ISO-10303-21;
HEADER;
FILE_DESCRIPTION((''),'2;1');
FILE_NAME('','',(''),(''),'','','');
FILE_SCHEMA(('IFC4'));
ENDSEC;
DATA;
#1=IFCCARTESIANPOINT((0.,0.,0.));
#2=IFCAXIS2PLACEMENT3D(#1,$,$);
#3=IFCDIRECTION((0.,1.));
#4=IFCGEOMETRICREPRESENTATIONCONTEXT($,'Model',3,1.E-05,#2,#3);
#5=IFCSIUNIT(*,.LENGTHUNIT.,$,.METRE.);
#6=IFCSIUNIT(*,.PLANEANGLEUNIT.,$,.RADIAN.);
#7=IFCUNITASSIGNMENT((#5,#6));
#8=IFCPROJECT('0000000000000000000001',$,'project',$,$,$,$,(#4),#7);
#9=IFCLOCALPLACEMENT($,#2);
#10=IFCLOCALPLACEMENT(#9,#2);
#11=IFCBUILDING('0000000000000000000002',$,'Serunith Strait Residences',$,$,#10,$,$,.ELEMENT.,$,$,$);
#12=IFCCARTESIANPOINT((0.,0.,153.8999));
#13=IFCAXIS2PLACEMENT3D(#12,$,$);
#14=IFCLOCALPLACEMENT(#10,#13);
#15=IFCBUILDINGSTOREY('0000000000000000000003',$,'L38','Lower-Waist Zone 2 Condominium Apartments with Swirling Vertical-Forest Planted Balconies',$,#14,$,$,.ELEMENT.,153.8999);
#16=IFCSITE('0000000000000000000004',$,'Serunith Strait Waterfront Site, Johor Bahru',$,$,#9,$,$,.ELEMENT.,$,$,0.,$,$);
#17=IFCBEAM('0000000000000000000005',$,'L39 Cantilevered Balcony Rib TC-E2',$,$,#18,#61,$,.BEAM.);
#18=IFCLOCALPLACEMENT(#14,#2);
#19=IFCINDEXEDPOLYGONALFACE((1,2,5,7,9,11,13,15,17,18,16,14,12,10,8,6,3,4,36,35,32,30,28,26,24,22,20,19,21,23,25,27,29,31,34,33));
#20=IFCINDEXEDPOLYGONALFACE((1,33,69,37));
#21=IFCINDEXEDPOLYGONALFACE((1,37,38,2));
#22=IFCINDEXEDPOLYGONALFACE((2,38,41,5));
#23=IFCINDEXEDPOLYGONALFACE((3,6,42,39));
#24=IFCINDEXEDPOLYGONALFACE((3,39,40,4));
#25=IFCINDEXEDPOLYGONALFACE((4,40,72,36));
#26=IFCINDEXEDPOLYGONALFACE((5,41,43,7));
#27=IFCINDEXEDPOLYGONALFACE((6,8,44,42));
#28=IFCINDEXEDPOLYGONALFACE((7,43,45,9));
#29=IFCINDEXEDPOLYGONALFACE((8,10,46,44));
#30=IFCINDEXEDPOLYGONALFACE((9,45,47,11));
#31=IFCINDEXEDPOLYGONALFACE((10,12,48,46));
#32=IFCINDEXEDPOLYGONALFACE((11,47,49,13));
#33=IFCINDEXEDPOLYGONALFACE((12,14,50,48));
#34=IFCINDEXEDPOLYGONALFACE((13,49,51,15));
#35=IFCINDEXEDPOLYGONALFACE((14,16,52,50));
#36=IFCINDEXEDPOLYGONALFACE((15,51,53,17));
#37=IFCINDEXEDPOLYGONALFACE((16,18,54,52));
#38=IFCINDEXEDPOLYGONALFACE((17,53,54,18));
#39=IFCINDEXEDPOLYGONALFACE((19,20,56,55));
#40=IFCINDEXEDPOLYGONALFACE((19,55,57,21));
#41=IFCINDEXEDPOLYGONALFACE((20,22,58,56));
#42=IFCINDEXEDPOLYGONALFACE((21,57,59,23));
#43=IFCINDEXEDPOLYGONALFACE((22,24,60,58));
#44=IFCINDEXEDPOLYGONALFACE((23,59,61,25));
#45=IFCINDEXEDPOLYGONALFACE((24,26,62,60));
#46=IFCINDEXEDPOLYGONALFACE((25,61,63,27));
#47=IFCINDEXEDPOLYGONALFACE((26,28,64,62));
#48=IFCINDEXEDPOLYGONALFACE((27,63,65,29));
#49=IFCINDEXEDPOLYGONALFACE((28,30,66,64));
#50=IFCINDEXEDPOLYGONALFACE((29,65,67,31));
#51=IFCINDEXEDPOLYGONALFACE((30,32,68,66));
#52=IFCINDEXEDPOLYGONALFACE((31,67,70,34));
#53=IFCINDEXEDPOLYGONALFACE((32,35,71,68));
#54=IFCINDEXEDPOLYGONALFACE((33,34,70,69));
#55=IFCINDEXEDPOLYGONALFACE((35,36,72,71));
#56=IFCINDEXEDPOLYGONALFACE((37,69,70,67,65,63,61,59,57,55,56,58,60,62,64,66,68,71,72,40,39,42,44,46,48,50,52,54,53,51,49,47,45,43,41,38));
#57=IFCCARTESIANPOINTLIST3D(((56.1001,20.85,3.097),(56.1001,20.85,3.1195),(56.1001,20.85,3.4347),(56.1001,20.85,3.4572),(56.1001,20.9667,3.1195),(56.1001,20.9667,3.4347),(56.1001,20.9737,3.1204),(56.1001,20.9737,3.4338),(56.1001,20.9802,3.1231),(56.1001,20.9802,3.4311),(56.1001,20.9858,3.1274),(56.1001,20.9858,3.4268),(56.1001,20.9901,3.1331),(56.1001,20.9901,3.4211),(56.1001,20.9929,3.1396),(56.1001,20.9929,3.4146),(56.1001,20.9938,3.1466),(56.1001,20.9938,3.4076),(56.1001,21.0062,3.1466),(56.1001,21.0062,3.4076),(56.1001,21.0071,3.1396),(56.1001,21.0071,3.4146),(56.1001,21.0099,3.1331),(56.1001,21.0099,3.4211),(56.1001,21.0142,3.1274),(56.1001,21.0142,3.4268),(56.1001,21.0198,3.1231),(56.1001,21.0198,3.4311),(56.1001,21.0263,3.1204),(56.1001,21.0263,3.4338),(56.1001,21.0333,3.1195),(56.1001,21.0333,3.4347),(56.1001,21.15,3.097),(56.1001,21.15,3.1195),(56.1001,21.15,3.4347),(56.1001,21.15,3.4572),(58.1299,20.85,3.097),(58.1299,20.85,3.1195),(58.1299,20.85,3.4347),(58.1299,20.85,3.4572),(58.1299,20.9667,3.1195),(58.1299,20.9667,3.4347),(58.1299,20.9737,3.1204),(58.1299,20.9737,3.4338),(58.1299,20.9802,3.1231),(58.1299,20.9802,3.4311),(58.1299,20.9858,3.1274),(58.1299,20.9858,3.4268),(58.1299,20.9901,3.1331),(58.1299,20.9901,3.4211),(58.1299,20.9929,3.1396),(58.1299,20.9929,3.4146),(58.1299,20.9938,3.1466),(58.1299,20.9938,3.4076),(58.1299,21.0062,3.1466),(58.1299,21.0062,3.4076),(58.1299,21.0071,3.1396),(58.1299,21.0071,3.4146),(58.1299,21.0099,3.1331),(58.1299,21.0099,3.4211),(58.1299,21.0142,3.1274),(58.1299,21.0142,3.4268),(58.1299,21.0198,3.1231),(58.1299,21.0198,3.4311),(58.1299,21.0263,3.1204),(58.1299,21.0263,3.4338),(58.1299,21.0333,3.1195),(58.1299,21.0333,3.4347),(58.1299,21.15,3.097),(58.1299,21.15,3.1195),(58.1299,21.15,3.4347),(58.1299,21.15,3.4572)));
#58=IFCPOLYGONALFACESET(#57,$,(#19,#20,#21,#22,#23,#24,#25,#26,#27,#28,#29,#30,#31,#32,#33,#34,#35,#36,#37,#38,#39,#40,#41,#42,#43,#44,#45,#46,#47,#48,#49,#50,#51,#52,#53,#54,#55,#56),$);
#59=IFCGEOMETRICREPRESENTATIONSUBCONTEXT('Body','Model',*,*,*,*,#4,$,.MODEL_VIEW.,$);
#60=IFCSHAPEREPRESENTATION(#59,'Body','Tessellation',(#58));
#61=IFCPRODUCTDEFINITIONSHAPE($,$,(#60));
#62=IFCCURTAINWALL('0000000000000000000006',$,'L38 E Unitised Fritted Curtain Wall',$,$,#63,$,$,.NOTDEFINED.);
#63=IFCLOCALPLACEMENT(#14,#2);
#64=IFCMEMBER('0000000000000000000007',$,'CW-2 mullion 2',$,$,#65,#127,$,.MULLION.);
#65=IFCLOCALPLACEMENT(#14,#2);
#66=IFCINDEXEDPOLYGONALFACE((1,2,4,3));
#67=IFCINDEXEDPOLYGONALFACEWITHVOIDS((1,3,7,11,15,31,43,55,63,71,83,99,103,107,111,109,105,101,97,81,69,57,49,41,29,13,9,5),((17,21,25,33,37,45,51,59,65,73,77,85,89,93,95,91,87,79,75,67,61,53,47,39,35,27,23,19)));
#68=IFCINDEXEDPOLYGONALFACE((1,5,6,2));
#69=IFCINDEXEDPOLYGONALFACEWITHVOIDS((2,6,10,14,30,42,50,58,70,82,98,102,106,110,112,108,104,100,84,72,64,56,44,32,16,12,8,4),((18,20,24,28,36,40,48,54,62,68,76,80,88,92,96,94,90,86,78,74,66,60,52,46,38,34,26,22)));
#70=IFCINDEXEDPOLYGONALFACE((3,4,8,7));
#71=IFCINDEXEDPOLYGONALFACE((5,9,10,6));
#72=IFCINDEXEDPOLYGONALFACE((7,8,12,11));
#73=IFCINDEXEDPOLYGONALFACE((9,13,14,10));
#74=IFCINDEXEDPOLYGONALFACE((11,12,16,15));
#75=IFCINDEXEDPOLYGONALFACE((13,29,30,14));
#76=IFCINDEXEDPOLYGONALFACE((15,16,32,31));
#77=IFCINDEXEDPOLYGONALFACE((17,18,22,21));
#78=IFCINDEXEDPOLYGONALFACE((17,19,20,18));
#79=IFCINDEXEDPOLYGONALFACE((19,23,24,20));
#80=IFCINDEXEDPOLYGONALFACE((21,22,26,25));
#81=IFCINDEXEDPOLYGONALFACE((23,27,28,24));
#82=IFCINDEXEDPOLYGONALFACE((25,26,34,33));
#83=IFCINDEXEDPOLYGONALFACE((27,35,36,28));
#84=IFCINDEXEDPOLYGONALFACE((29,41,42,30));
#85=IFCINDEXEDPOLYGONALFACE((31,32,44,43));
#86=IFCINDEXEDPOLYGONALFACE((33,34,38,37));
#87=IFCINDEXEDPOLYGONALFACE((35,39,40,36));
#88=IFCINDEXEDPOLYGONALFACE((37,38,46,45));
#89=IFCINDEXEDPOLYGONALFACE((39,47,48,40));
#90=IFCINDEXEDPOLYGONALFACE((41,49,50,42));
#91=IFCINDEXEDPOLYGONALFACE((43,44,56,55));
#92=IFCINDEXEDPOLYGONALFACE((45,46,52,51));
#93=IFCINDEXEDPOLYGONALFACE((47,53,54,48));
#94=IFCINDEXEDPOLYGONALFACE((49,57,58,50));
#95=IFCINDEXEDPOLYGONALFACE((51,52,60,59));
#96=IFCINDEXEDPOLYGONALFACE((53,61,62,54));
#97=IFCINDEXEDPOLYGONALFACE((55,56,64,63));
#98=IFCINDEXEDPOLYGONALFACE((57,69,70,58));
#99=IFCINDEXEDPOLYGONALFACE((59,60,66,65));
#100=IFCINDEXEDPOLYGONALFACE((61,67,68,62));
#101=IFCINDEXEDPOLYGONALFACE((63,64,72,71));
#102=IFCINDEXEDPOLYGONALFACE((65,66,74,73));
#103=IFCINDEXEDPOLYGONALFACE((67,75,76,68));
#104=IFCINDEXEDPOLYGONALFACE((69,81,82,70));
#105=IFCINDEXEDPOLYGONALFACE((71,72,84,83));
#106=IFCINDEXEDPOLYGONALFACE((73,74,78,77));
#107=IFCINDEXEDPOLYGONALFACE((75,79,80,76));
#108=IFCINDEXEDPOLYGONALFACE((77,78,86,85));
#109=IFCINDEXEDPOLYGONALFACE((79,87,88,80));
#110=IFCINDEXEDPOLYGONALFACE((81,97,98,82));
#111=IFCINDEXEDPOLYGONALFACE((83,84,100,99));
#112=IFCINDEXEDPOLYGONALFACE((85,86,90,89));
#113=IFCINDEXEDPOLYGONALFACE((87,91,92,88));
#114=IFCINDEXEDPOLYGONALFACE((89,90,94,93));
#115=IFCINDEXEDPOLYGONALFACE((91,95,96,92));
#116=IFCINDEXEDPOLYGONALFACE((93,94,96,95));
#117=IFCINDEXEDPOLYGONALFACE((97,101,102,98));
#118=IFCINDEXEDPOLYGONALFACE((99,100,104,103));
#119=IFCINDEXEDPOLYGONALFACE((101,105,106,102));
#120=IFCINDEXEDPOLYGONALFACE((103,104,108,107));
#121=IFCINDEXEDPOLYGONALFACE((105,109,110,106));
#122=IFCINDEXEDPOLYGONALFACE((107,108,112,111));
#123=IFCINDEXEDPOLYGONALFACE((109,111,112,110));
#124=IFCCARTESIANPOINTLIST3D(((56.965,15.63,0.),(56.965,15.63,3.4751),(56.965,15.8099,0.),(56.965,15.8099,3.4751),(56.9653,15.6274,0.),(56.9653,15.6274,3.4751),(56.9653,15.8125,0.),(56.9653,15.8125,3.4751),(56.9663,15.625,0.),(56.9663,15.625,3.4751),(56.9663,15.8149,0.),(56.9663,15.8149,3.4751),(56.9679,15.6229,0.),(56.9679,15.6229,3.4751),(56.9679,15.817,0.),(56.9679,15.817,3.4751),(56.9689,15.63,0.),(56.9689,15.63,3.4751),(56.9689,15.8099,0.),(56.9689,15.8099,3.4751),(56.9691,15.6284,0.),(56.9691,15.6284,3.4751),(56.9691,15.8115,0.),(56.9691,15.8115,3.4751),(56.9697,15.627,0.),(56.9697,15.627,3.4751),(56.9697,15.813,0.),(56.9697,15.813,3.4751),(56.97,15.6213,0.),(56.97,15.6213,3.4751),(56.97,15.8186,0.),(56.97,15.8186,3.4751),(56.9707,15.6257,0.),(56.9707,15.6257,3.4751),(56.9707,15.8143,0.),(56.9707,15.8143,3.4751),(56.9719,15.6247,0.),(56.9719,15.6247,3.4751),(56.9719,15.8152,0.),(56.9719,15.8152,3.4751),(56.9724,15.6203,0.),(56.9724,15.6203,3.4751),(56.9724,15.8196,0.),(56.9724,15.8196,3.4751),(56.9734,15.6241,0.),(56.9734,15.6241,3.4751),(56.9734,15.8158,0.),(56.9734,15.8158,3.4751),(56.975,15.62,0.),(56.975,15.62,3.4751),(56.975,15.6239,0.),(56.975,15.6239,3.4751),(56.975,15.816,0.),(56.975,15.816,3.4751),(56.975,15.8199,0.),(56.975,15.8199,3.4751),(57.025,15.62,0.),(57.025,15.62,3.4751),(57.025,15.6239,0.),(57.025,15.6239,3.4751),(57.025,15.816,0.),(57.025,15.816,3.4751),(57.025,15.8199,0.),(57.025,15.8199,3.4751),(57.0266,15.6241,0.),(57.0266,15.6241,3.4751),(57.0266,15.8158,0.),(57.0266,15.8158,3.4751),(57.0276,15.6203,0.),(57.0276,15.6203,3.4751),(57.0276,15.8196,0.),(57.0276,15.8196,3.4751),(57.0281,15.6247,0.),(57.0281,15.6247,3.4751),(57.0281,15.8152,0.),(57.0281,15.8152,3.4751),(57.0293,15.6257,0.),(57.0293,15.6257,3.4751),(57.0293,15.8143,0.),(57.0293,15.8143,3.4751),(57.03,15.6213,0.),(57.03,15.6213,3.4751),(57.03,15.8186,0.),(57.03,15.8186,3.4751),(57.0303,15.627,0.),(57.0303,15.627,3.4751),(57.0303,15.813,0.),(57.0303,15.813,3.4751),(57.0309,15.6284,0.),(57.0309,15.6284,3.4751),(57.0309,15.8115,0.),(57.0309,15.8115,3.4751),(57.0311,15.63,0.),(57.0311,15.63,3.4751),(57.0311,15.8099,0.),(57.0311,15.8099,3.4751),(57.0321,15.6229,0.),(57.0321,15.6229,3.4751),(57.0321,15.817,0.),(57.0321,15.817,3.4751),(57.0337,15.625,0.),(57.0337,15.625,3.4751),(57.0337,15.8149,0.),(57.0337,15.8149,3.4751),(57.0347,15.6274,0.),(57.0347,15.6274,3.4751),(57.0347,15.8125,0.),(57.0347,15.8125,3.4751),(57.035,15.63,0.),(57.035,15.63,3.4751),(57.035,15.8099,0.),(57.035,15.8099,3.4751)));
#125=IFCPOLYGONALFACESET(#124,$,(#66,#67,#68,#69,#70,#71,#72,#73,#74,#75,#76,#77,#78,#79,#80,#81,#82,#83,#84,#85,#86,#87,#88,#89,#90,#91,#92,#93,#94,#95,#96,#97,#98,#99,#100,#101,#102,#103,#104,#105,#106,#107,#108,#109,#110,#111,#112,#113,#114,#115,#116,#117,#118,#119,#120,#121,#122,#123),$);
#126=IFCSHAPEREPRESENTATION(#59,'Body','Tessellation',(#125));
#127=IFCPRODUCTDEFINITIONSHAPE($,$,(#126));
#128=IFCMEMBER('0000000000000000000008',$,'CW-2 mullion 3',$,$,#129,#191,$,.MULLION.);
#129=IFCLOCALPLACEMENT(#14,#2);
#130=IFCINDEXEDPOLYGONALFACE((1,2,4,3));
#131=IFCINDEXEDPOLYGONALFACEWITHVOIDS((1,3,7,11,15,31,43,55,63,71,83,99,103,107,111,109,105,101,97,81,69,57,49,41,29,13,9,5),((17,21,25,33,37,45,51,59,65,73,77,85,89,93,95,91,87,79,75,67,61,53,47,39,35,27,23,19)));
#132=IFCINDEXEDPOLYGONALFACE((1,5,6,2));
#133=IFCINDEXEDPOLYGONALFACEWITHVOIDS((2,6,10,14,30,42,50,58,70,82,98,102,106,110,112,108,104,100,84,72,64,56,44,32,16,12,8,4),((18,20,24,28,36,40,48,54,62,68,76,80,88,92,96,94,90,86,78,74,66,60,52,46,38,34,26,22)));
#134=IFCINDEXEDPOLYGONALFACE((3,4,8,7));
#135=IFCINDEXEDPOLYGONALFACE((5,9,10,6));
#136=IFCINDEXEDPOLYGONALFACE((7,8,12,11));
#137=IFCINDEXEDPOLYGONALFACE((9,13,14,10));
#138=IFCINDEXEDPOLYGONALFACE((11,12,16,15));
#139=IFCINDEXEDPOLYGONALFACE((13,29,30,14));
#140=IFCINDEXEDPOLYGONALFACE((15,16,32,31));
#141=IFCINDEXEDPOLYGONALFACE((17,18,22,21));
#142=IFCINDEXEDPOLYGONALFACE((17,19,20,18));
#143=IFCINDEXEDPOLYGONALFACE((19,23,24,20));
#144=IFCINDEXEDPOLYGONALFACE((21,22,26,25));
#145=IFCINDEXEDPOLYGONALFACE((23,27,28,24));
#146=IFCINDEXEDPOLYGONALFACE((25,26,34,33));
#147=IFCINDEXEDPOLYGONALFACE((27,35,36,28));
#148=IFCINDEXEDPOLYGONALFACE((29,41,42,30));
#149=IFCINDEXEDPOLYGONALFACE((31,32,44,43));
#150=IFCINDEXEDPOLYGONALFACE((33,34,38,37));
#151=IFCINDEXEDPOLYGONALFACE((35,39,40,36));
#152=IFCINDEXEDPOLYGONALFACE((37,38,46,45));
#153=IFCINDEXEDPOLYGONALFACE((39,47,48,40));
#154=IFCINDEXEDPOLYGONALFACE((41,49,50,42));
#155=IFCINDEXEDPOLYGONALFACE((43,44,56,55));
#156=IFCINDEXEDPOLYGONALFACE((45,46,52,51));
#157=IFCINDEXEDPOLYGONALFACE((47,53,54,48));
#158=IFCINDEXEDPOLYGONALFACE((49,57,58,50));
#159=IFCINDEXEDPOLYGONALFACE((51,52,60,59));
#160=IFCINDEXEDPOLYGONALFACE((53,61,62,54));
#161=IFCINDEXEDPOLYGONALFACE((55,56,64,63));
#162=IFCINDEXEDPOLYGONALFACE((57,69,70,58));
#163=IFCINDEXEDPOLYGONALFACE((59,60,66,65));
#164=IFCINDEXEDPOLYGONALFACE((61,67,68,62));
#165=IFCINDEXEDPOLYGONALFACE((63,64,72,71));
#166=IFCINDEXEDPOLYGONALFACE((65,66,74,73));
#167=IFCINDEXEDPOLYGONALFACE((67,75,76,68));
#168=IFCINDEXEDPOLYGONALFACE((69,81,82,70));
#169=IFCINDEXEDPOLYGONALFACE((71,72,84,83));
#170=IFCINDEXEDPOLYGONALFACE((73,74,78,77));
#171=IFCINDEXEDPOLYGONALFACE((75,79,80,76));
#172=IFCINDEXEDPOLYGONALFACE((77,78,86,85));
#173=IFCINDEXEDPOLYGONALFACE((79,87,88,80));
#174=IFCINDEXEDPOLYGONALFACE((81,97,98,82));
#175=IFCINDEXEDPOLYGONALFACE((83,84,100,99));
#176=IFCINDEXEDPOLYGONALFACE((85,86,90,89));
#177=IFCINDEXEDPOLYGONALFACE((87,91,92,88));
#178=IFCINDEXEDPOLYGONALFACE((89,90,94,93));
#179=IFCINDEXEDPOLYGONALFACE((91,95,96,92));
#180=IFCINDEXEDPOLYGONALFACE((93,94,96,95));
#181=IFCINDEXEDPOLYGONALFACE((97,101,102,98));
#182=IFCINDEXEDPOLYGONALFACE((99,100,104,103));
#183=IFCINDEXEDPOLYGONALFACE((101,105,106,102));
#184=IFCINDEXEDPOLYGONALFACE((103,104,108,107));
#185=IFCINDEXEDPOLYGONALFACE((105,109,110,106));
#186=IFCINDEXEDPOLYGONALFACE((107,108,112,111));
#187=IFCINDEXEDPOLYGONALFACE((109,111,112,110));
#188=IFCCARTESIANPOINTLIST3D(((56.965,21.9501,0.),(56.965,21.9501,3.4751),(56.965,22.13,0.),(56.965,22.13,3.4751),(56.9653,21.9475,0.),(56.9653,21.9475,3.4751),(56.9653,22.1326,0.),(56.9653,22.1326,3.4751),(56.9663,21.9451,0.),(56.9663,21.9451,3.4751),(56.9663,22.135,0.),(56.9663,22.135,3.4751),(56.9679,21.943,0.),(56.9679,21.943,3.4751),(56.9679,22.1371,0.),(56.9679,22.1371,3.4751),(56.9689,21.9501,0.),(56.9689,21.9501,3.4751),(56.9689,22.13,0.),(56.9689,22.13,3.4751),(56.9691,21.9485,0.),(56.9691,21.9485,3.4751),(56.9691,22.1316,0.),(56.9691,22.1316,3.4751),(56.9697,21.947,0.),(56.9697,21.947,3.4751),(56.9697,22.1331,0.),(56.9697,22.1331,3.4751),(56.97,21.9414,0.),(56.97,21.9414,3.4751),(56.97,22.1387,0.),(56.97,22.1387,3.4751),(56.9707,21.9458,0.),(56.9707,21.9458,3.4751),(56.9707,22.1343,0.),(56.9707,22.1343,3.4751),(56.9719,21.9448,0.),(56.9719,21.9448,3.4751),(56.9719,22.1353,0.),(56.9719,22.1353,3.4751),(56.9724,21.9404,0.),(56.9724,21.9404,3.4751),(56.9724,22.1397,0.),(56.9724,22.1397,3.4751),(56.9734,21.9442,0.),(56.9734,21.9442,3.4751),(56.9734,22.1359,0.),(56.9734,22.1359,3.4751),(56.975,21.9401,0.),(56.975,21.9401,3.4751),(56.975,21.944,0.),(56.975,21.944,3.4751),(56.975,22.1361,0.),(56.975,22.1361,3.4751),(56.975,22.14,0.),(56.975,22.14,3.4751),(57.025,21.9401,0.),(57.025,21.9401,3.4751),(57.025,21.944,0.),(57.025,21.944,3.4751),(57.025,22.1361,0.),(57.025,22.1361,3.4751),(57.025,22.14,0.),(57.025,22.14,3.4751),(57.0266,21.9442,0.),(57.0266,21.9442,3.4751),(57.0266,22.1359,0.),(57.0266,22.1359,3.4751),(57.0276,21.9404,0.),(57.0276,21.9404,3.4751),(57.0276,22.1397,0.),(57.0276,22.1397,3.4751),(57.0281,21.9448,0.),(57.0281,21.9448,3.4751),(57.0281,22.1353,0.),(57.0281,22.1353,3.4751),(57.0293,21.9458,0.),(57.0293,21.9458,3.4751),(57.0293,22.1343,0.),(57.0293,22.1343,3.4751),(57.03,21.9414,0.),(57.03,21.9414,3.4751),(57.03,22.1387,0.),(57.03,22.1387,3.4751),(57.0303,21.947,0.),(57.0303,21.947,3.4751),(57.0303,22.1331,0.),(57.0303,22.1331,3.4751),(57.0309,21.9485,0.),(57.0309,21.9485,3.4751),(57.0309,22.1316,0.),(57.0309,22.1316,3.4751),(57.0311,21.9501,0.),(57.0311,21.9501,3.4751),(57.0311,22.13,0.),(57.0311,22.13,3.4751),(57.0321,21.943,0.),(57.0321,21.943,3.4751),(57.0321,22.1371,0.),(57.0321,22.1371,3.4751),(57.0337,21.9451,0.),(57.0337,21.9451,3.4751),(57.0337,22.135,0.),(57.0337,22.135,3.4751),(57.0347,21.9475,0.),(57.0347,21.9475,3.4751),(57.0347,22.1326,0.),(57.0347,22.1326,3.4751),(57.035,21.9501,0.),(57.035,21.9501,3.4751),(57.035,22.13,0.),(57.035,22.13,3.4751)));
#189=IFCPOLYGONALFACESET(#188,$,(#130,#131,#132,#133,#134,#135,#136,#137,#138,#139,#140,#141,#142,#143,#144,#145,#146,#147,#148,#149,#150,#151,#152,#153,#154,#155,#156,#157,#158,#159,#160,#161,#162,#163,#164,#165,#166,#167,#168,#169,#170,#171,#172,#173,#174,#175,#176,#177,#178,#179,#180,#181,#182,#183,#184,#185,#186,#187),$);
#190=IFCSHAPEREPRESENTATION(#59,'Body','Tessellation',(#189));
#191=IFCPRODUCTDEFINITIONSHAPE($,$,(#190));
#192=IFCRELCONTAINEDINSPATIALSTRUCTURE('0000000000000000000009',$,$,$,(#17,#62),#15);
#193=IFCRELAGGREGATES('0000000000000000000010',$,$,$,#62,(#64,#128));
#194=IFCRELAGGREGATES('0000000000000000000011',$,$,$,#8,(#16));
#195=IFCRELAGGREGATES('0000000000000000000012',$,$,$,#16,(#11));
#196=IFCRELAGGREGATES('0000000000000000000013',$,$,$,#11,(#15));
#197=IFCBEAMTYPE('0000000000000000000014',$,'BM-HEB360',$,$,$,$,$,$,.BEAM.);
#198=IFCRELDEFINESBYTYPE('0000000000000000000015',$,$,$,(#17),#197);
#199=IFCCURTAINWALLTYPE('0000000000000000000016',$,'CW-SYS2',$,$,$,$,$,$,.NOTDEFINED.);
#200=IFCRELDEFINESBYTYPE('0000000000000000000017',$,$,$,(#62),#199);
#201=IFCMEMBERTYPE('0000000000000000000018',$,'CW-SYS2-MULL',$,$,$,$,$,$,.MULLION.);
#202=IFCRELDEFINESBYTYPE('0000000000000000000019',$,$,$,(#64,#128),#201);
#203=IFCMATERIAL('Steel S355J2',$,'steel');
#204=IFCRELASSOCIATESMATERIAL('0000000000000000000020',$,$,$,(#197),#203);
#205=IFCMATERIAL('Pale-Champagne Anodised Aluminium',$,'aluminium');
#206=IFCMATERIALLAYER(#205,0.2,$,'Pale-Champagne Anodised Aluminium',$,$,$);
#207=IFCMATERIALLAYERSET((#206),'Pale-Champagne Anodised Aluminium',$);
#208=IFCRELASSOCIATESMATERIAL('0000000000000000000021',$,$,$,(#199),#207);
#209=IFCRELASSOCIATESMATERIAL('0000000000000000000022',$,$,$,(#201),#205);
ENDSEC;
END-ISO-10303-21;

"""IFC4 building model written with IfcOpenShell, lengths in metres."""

from ifc_helpers import new_model, si_unit, direction, frame, origin, origin_2d, place, context, subcontext, project, spatial, hollow_rectangle, i_section, extrude, source, transform, mapped, material, layer, layer_set, material_profile, profile_set, type_object, element, aggregate, save


model = new_model("IFC4")

# Units and contexts
model_context = context("Model", 3, precision=1e-05, world=origin(), true_north=direction((0.0, 1.0)))
body_context = subcontext(model_context, "Body", "Model", "MODEL_VIEW")
ifc_project = project(units=[si_unit("LENGTHUNIT", "METRE"), si_unit("PLANEANGLEUNIT", "RADIAN")], contexts=[model_context])

# Site, building, storey
site_placement = place(None, origin())
site = spatial("IfcSite", under=ifc_project, at=site_placement, Name="Serunith Strait Waterfront Site, Johor Bahru", CompositionType="ELEMENT", RefElevation=0.0)
building_placement = place(site_placement, origin())
building = spatial("IfcBuilding", under=site, at=building_placement, Name="Serunith Strait Residences", CompositionType="ELEMENT")
storey_placement = place(building_placement, frame((0.0, 0.0, 153.8999)))
storey = spatial("IfcBuildingStorey", under=building, at=storey_placement, Name="L38", Description="Lower-Waist Zone 2 Condominium Apartments with Swirling Vertical-Forest Planted Balconies", CompositionType="ELEMENT", Elevation=153.8999)

# Beam
ifc_material_1 = material(Name="Steel S355J2", Category="steel")
ifc_material_profile_1 = material_profile(ifc_material_1, i_section(OverallWidth=0.3, OverallDepth=0.3601, WebThickness=0.0125, FlangeThickness=0.0225, FilletRadius=0.0271, at=origin_2d()), Name="HEB 360")
ifc_profile_set_1 = profile_set([ifc_material_profile_1], Name="Steel S355J2")
beam_type_1 = type_object("IfcBeamType", Name="BM-HEB360", PredefinedType="BEAM", material=ifc_profile_set_1)
shared_shape_1 = source(origin(), body_context, "Body", "SweptSolid", [
    extrude(i_section(OverallWidth=0.3, OverallDepth=0.3601, WebThickness=0.0125, FlangeThickness=0.0225, FilletRadius=0.0271, at=origin_2d()), origin(), (0.0, 0.0, 1.0), 2.0298),
])
for number, where, z_axis, x_axis, name in (
    (1, (56.1001, 21.0, 3.2771), (1.0, 0.0, 0.0), (0.0, 1.0, 0.0), "L39 Cantilevered Balcony Rib TC-E2"),
):
    element("IfcBeam", number, at=place(storey_placement, frame(where, z_axis=z_axis, x_axis=x_axis)), inside=storey, type_object=beam_type_1, Name=name, PredefinedType="BEAM", context=body_context, shape_type="MappedRepresentation", body=[
        mapped(shared_shape_1, transform((0.0, 0.0, 0.0), scale=1.0)),
    ])

# Curtain wall, members
ifc_material_2 = material(Name="Pale-Champagne Anodised Aluminium", Category="aluminium")
ifc_layer_1 = layer(ifc_material_2, 0.2, Name="Pale-Champagne Anodised Aluminium")
ifc_layer_set_1 = layer_set([ifc_layer_1], Name="Pale-Champagne Anodised Aluminium")
curtain_wall_type = type_object("IfcCurtainWallType", Name="CW-SYS2", PredefinedType="NOTDEFINED", material=ifc_layer_set_1)
curtain_wall_placement = place(storey_placement, origin())
curtain_wall = element("IfcCurtainWall", 2, at=curtain_wall_placement, inside=storey, type_object=curtain_wall_type, Name="L38 E Unitised Fritted Curtain Wall", PredefinedType="NOTDEFINED")
ifc_material_profile_2 = material_profile(ifc_material_2, hollow_rectangle(XDim=0.0701, YDim=0.2, WallThickness=0.0039, InnerFilletRadius=0.0061, OuterFilletRadius=0.01, at=origin_2d()), Name="ALU 200x70x4")
ifc_profile_set_2 = profile_set([ifc_material_profile_2], Name="Pale-Champagne Anodised Aluminium")
member_type_1 = type_object("IfcMemberType", Name="CW-SYS2-MULL", PredefinedType="MULLION", material=ifc_profile_set_2)
shared_shape_2 = source(origin(), body_context, "Body", "SweptSolid", [
    extrude(hollow_rectangle(XDim=0.0701, YDim=0.2, WallThickness=0.0039, InnerFilletRadius=0.0061, OuterFilletRadius=0.01, at=origin_2d()), origin(), (0.0, 0.0, 1.0), 3.4751),
])
member_1_placement = place(storey_placement, frame((57.0, 15.72, 0.0), z_axis=(0.0, 0.0, 1.0), x_axis=(-1.0, 0.0, 0.0)))
member_1 = element("IfcMember", 3, at=member_1_placement, type_object=member_type_1, Name="CW-2 mullion 2", PredefinedType="MULLION", context=body_context, shape_type="MappedRepresentation", body=[
    mapped(shared_shape_2, transform((0.0, 0.0, 0.0), scale=1.0)),
])
member_2_placement = place(storey_placement, frame((57.0, 22.04, 0.0), z_axis=(0.0, 0.0, 1.0), x_axis=(-1.0, 0.0, 0.0)))
member_2 = element("IfcMember", 4, at=member_2_placement, type_object=member_type_1, Name="CW-2 mullion 3", PredefinedType="MULLION", context=body_context, shape_type="MappedRepresentation", body=[
    mapped(shared_shape_2, transform((0.0, 0.0, 0.0), scale=1.0)),
])
aggregate(curtain_wall, [member_1, member_2])

save(model, "model.ifc")
